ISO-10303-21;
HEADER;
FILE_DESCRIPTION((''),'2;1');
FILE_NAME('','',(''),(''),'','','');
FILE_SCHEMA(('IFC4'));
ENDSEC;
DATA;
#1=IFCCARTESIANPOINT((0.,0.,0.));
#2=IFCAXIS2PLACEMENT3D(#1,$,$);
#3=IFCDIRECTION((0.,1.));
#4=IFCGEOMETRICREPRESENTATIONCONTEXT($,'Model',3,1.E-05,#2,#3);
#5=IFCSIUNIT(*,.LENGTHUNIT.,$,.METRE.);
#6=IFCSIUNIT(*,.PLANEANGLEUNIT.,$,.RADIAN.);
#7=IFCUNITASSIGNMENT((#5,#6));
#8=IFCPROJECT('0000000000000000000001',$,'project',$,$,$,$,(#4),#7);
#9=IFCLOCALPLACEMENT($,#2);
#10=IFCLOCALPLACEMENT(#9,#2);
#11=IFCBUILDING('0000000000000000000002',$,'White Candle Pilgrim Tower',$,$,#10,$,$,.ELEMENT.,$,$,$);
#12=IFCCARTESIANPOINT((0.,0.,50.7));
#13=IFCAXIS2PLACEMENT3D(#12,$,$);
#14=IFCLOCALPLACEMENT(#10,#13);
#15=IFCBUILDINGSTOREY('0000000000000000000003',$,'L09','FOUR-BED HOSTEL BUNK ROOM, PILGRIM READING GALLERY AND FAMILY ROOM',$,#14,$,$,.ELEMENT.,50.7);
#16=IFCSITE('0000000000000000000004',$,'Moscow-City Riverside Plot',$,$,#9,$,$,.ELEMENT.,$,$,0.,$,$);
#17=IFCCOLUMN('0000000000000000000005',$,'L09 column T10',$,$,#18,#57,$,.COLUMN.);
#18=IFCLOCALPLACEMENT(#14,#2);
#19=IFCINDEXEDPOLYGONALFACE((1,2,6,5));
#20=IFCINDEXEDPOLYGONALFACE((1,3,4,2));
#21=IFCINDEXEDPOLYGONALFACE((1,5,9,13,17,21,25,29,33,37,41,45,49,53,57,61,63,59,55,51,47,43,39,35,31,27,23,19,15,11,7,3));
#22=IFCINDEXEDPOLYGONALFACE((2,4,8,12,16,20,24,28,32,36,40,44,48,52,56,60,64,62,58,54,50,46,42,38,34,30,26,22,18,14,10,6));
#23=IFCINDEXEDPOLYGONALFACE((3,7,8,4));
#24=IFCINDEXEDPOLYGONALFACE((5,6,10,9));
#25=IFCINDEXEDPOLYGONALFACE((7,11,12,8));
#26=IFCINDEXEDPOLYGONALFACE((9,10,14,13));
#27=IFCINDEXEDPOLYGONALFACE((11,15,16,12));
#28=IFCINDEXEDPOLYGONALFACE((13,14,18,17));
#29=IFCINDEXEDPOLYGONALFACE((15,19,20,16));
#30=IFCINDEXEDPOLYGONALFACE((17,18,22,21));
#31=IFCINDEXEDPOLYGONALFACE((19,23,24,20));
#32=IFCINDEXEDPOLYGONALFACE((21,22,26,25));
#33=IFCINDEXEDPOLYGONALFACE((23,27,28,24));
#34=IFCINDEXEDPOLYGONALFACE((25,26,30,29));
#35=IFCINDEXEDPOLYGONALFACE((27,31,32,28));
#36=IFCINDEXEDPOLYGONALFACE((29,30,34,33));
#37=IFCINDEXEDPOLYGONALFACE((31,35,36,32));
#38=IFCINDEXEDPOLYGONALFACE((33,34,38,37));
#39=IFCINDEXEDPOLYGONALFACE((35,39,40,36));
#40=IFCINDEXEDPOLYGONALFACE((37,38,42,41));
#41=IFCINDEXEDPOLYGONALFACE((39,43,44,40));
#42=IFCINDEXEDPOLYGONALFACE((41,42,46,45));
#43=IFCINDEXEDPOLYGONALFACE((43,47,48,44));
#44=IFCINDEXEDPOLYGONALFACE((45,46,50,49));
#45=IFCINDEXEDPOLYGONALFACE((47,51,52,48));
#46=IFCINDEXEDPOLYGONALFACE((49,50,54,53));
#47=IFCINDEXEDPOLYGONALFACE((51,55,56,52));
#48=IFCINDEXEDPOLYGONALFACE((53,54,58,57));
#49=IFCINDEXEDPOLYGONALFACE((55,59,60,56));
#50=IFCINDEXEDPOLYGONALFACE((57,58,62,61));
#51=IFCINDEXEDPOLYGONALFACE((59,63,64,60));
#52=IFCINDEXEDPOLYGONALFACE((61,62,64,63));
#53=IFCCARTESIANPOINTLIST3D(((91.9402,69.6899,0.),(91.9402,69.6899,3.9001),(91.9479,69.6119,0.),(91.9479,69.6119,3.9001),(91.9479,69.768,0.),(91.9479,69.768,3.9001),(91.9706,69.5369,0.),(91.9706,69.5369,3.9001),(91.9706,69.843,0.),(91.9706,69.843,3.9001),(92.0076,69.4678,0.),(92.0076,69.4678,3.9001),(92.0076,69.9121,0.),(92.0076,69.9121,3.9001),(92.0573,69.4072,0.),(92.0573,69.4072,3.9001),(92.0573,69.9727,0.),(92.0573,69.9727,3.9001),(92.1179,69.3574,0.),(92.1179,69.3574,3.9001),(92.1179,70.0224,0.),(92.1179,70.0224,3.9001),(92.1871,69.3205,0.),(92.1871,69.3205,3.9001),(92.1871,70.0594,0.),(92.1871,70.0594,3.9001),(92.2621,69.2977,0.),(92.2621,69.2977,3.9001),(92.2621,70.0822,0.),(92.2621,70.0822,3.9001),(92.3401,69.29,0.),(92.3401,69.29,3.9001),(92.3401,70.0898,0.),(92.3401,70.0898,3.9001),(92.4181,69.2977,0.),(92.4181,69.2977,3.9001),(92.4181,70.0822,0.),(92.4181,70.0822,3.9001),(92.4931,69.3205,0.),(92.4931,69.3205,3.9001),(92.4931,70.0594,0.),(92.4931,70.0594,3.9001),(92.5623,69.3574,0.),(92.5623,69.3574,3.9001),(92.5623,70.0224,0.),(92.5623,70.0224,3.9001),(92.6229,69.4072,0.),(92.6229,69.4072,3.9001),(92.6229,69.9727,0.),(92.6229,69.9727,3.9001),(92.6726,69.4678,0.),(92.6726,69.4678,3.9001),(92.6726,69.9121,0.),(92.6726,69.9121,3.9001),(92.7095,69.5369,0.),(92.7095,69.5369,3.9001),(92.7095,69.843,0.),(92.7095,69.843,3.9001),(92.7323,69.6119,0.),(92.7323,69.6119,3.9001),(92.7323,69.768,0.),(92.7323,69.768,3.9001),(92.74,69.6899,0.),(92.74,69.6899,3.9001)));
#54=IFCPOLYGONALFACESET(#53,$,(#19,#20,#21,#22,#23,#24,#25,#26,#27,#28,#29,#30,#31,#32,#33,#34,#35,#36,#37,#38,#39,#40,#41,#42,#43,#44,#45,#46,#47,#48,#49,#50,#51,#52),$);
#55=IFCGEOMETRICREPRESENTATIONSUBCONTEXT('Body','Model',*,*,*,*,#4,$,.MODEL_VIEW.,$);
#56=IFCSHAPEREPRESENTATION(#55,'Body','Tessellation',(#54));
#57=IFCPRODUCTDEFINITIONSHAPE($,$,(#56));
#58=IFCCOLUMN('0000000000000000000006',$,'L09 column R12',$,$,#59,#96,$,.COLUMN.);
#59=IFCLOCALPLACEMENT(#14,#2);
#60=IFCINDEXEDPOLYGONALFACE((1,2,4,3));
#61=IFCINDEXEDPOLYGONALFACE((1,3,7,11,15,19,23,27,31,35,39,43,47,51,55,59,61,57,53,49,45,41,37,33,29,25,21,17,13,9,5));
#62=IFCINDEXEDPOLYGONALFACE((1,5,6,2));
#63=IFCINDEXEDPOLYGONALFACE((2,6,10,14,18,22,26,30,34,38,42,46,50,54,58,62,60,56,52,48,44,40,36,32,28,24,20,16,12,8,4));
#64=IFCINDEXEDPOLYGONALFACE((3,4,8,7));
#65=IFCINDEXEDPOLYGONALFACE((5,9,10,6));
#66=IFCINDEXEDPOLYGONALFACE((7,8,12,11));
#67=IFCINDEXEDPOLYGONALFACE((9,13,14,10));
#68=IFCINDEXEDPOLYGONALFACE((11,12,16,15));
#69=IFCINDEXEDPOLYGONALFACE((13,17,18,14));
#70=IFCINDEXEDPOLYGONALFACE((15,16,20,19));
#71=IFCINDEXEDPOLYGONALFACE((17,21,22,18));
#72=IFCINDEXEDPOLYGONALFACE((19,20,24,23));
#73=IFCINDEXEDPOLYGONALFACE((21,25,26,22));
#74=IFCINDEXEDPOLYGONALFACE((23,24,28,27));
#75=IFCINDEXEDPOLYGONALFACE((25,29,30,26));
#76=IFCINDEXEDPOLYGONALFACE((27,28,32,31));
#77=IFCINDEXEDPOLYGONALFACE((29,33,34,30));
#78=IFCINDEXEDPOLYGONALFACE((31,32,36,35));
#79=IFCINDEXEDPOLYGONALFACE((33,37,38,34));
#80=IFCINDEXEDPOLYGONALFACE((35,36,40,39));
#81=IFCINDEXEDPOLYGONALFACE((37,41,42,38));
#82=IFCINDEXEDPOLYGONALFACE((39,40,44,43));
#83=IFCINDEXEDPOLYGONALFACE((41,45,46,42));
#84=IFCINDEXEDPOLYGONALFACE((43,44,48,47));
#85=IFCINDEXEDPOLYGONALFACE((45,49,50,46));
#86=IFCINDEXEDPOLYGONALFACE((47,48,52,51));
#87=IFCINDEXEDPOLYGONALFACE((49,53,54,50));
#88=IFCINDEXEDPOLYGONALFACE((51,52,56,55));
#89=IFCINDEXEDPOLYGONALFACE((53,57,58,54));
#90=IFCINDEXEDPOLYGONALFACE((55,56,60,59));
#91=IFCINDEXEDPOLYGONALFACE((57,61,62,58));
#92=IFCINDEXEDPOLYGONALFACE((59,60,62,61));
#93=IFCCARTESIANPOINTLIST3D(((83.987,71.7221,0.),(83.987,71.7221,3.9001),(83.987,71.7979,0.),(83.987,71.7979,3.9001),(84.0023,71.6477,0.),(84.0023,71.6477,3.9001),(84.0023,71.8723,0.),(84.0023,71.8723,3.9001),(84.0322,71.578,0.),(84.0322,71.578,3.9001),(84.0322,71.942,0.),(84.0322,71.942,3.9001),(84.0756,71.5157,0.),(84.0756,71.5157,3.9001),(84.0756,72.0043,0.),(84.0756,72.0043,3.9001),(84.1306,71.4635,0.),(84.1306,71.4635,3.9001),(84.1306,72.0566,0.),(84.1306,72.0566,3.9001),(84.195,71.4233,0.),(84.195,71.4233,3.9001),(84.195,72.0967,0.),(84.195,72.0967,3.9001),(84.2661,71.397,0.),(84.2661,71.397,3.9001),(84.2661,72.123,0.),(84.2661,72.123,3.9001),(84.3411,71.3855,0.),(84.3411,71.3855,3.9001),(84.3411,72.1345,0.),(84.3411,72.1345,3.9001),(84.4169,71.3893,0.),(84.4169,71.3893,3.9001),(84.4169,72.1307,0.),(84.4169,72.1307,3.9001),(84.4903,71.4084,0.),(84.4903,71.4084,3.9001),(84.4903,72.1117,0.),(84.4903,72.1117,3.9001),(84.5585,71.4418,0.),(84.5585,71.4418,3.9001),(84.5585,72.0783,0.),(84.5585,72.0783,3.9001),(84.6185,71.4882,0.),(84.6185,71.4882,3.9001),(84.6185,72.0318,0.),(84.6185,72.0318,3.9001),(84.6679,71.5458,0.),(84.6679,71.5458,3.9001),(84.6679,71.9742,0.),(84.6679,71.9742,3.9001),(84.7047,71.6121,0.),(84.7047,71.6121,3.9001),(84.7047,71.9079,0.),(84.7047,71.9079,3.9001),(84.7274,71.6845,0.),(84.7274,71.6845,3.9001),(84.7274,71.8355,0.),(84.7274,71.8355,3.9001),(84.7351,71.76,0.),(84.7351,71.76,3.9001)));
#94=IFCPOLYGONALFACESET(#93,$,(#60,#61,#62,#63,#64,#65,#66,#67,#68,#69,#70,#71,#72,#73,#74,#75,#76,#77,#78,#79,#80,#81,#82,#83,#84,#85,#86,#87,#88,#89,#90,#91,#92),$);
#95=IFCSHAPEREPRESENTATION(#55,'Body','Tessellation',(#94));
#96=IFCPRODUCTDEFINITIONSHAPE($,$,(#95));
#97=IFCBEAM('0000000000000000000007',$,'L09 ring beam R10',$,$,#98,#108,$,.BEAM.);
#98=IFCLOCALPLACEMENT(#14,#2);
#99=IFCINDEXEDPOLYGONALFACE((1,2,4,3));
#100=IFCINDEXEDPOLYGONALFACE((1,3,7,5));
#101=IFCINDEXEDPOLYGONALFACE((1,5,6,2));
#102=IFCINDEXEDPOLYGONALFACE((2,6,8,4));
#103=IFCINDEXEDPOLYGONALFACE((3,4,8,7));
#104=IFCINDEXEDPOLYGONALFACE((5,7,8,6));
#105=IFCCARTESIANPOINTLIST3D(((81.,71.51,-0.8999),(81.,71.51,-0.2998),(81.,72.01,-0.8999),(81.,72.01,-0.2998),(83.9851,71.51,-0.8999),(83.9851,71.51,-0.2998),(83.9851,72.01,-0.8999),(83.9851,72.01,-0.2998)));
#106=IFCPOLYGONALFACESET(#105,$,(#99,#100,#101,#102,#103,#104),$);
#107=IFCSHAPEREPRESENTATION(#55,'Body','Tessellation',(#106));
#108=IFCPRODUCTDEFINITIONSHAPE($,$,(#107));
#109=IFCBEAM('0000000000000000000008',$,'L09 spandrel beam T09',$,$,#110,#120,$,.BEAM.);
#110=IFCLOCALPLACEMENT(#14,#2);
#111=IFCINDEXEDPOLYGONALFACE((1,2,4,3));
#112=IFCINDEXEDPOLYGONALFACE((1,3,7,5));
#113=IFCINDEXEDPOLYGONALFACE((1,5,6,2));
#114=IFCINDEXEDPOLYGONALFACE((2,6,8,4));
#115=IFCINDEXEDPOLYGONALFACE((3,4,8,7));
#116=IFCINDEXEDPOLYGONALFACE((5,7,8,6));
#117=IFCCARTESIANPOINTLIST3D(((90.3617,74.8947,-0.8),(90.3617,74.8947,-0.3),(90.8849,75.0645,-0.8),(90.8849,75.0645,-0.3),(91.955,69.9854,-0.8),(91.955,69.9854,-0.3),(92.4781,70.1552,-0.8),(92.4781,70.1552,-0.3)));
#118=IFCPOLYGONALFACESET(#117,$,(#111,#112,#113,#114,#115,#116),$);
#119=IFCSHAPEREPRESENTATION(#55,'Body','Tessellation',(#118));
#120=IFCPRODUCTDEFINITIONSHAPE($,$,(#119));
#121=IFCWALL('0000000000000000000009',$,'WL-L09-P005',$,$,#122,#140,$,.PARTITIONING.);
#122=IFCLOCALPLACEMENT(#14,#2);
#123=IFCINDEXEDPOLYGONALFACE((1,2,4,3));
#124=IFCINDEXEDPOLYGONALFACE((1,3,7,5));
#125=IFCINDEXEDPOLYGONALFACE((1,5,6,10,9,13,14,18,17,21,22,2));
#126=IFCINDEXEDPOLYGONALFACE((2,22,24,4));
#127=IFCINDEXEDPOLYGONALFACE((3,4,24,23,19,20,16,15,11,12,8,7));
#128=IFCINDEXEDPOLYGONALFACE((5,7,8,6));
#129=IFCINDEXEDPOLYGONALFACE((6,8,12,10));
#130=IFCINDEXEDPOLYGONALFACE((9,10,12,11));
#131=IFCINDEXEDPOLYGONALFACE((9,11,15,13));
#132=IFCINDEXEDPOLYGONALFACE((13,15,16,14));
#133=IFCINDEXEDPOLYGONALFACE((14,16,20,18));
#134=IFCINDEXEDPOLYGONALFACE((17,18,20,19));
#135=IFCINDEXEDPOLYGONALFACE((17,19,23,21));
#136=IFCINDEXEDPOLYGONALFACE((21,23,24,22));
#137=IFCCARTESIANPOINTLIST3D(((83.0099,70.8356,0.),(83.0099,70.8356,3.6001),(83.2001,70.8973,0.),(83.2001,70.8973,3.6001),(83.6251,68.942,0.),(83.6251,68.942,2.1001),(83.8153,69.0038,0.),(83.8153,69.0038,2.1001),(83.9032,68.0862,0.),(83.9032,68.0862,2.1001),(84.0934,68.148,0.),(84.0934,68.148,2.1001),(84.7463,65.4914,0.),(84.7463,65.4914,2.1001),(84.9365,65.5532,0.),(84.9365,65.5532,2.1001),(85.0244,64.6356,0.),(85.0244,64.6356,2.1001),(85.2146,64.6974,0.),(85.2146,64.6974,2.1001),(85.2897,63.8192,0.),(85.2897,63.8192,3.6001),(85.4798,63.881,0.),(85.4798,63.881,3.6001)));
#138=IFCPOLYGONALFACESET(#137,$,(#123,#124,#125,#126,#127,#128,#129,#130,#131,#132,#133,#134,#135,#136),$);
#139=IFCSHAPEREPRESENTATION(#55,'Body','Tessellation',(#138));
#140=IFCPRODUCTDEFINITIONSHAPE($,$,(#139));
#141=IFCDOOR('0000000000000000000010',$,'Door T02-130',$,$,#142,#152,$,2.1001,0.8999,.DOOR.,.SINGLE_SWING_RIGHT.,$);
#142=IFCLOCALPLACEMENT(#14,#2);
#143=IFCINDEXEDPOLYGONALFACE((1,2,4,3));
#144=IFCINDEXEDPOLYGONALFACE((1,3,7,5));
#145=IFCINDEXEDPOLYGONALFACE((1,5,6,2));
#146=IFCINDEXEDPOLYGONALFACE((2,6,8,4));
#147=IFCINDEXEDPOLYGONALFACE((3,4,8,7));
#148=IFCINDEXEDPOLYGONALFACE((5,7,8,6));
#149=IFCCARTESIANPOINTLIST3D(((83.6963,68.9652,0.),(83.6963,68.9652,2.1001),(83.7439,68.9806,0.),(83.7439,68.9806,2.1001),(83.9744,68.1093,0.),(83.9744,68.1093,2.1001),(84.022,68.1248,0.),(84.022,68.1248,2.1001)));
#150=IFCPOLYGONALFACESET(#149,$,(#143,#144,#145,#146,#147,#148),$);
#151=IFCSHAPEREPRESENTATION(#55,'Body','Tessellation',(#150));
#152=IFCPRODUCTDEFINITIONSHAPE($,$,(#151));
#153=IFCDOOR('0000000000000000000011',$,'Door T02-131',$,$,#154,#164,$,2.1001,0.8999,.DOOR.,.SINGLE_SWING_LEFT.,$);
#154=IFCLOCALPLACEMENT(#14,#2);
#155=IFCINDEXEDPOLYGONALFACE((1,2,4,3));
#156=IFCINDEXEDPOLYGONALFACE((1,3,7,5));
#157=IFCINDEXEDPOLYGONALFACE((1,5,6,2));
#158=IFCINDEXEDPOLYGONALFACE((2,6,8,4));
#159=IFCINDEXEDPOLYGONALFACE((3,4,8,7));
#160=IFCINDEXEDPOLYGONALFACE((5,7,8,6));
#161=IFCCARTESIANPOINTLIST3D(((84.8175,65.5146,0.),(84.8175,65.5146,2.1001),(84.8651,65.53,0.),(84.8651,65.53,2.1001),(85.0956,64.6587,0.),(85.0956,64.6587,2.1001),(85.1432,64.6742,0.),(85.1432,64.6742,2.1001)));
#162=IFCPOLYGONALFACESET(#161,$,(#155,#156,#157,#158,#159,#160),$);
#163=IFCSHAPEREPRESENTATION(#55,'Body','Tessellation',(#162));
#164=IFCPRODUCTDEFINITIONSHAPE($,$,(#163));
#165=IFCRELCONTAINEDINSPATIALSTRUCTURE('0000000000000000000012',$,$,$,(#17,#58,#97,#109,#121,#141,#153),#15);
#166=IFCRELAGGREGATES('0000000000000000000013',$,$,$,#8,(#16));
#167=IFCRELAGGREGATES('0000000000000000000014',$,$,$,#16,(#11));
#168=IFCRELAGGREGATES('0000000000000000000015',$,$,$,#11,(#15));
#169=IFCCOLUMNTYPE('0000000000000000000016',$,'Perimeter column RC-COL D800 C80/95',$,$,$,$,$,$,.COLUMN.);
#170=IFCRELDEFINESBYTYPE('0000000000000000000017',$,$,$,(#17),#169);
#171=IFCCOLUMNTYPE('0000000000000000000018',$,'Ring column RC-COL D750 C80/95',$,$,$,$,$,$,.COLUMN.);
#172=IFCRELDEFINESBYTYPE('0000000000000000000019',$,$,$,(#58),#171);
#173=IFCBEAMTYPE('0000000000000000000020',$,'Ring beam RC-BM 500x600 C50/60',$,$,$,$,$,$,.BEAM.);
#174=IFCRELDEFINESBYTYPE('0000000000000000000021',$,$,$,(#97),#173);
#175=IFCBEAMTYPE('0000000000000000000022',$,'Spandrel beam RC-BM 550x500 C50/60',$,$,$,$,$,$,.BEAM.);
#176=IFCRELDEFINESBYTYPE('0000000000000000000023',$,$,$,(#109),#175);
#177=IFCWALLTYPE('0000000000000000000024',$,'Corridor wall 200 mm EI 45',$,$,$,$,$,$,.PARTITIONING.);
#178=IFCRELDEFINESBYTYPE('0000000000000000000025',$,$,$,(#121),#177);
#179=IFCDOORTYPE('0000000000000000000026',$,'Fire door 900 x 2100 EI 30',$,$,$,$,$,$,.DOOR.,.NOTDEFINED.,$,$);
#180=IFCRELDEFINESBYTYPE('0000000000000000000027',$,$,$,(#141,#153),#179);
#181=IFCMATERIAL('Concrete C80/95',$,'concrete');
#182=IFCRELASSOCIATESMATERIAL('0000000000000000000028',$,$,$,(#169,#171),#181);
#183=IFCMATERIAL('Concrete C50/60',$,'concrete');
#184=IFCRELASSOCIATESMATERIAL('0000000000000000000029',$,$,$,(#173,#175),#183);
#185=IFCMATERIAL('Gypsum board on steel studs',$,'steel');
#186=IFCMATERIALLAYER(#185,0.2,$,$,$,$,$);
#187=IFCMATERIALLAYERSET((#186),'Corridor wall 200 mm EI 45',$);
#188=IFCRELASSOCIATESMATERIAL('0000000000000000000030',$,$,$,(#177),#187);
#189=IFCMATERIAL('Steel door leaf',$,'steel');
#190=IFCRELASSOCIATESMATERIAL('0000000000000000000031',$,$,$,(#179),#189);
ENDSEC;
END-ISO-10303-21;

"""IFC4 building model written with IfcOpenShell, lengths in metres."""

from ifc_helpers import new_model, si_unit, direction, frame, frame_2d, origin, origin_2d, place, context, subcontext, project, spatial, rectangle, circle, extrude, material, layer, layer_set, material_profile, profile_set, type_object, element, fill, save


model = new_model("IFC4")

# Units and contexts
model_context = context("Model", 3, precision=1e-05, world=origin(), true_north=direction((0.0, 1.0)))
body_context = subcontext(model_context, "Body", "Model", "MODEL_VIEW")
ifc_project = project(units=[si_unit("LENGTHUNIT", "METRE"), si_unit("PLANEANGLEUNIT", "RADIAN")], contexts=[model_context])

# Site, building, storey
site_placement = place(None, origin())
site = spatial("IfcSite", under=ifc_project, at=site_placement, Name="Moscow-City Riverside Plot", CompositionType="ELEMENT", RefElevation=0.0)
building_placement = place(site_placement, origin())
building = spatial("IfcBuilding", under=site, at=building_placement, Name="White Candle Pilgrim Tower", CompositionType="ELEMENT")
storey_placement = place(building_placement, frame((0.0, 0.0, 50.7)))
storey = spatial("IfcBuildingStorey", under=building, at=storey_placement, Name="L09", Description="FOUR-BED HOSTEL BUNK ROOM, PILGRIM READING GALLERY AND FAMILY ROOM", CompositionType="ELEMENT", Elevation=50.7)

# Columns
ifc_material_1 = material(Name="Concrete C80/95", Category="concrete")
ifc_material_profile_1 = material_profile(ifc_material_1, circle(Radius=0.3999, at=origin_2d()), Name="RC-COL D800")
ifc_profile_set_1 = profile_set([ifc_material_profile_1], Name="Concrete C80/95")
column_type_1 = type_object("IfcColumnType", Name="Perimeter column RC-COL D800 C80/95", PredefinedType="COLUMN", material=ifc_profile_set_1)
column_1_placement = place(storey_placement, frame((92.3401, 69.6899, 0.0), z_axis=(0.0, 0.0, 1.0), x_axis=(1.0, 0.0, 0.0)))
element("IfcColumn", 1, at=column_1_placement, inside=storey, type_object=column_type_1, Name="L09 column T10", PredefinedType="COLUMN", context=body_context, shape_type="SweptSolid", body=[
    extrude(circle(Radius=0.3999, at=origin_2d()), origin(), (0.0, 0.0, 1.0), 3.9001),
])
ifc_material_profile_2 = material_profile(ifc_material_1, circle(Radius=0.375, at=origin_2d()), Name="RC-COL D750")
ifc_profile_set_2 = profile_set([ifc_material_profile_2], Name="Concrete C80/95")
column_type_2 = type_object("IfcColumnType", Name="Ring column RC-COL D750 C80/95", PredefinedType="COLUMN", material=ifc_profile_set_2)
column_2_placement = place(storey_placement, frame((84.3601, 71.76, 0.0), z_axis=(0.0, 0.0, 1.0), x_axis=(1.0, 0.0, 0.0)))
element("IfcColumn", 2, at=column_2_placement, inside=storey, type_object=column_type_2, Name="L09 column R12", PredefinedType="COLUMN", context=body_context, shape_type="SweptSolid", body=[
    extrude(circle(Radius=0.375, at=origin_2d()), origin(), (0.0, 0.0, 1.0), 3.9001),
])

# Beams
ifc_material_2 = material(Name="Concrete C50/60", Category="concrete")
ifc_material_profile_3 = material_profile(ifc_material_2, rectangle(XDim=0.5, YDim=0.6001, at=origin_2d()), Name="RC-BM 500x600")
ifc_profile_set_3 = profile_set([ifc_material_profile_3], Name="Concrete C50/60")
beam_type_1 = type_object("IfcBeamType", Name="Ring beam RC-BM 500x600 C50/60", PredefinedType="BEAM", material=ifc_profile_set_3)
beam_1_placement = place(storey_placement, frame((83.9851, 71.76, -0.5999), z_axis=(-1.0, 0.0, 0.0), x_axis=(0.0, -1.0, 0.0)))
element("IfcBeam", 3, at=beam_1_placement, inside=storey, type_object=beam_type_1, Name="L09 ring beam R10", PredefinedType="BEAM", context=body_context, shape_type="SweptSolid", body=[
    extrude(rectangle(XDim=0.5, YDim=0.6001, at=origin_2d()), origin(), (0.0, 0.0, 1.0), 2.9851),
])
ifc_material_profile_4 = material_profile(ifc_material_2, rectangle(XDim=0.55, YDim=0.5, at=origin_2d()), Name="RC-BM 550x500")
ifc_profile_set_4 = profile_set([ifc_material_profile_4], Name="Concrete C50/60")
beam_type_2 = type_object("IfcBeamType", Name="Spandrel beam RC-BM 550x500 C50/60", PredefinedType="BEAM", material=ifc_profile_set_4)
beam_2_placement = place(storey_placement, frame((92.2166, 70.0703, -0.55), z_axis=(-0.308683, 0.951165, 0.0), x_axis=(-0.951165, -0.308683, 0.0)))
element("IfcBeam", 4, at=beam_2_placement, inside=storey, type_object=beam_type_2, Name="L09 spandrel beam T09", PredefinedType="BEAM", context=body_context, shape_type="SweptSolid", body=[
    extrude(rectangle(XDim=0.55, YDim=0.5, at=origin_2d()), origin(), (0.0, 0.0, 1.0), 5.1614),
])

# Wall, openings, doors
ifc_material_3 = material(Name="Gypsum board on steel studs", Category="steel")
ifc_layer_1 = layer(ifc_material_3, 0.2)
ifc_layer_set_1 = layer_set([ifc_layer_1], Name="Corridor wall 200 mm EI 45")
wall_type_1 = type_object("IfcWallType", Name="Corridor wall 200 mm EI 45", PredefinedType="PARTITIONING", material=ifc_layer_set_1)
wall_1_placement = place(storey_placement, frame((83.105, 70.8665, 0.0), z_axis=(0.0, 0.0, 1.0), x_axis=(0.309021, -0.951055, 0.0)))
wall_1 = element("IfcWall", 5, at=wall_1_placement, inside=storey, type_object=wall_type_1, Name="WL-L09-P005", PredefinedType="PARTITIONING", context=body_context, shape_type="SweptSolid", body=[
    extrude(rectangle(XDim=7.3774, YDim=0.2, at=frame_2d((3.6887, 0.0))), origin(), (0.0, 0.0, 1.0), 3.6001),
])
opening_1_placement = place(wall_1_placement, frame((1.991, 0.0, 0.0)))
opening_1 = element("IfcOpeningElement", 6, at=opening_1_placement, cuts=wall_1, PredefinedType="OPENING", context=body_context, shape_type="SweptSolid", body=[
    extrude(rectangle(XDim=0.8999, YDim=2.1001, at=frame_2d((0.45, 1.05))), frame((0.0, 0.1099, 0.0), z_axis=(0.0, -1.0, 0.0), x_axis=(1.0, 0.0, 0.0)), (0.0, 0.0, 1.0), 0.22),
])
opening_2_placement = place(wall_1_placement, frame((5.6191, 0.0, 0.0)))
opening_2 = element("IfcOpeningElement", 7, at=opening_2_placement, cuts=wall_1, PredefinedType="OPENING", context=body_context, shape_type="SweptSolid", body=[
    extrude(rectangle(XDim=0.8999, YDim=2.1001, at=frame_2d((0.45, 1.05))), frame((0.0, 0.1099, 0.0), z_axis=(0.0, -1.0, 0.0), x_axis=(1.0, 0.0, 0.0)), (0.0, 0.0, 1.0), 0.22),
])
ifc_material_4 = material(Name="Steel door leaf", Category="steel")
door_type = type_object("IfcDoorType", Name="Fire door 900 x 2100 EI 30", OperationType="NOTDEFINED", PredefinedType="DOOR", material=ifc_material_4)
door_1_placement = place(opening_1_placement, origin())
door_1 = element("IfcDoor", 8, at=door_1_placement, inside=storey, type_object=door_type, Name="Door T02-130", OperationType="SINGLE_SWING_RIGHT", OverallHeight=2.1001, OverallWidth=0.8999, PredefinedType="DOOR", context=body_context, shape_type="SweptSolid", body=[
    extrude(rectangle(XDim=0.8999, YDim=2.1001, at=frame_2d((0.45, 1.05))), frame((0.0, 0.0249, 0.0), z_axis=(0.0, -1.0, 0.0), x_axis=(1.0, 0.0, 0.0)), (0.0, 0.0, 1.0), 0.05),
])
fill(opening_1, door_1)
door_2_placement = place(opening_2_placement, origin())
door_2 = element("IfcDoor", 9, at=door_2_placement, inside=storey, type_object=door_type, Name="Door T02-131", OperationType="SINGLE_SWING_LEFT", OverallHeight=2.1001, OverallWidth=0.8999, PredefinedType="DOOR", context=body_context, shape_type="SweptSolid", body=[
    extrude(rectangle(XDim=0.8999, YDim=2.1001, at=frame_2d((0.45, 1.05))), frame((0.0, 0.0249, 0.0), z_axis=(0.0, -1.0, 0.0), x_axis=(1.0, 0.0, 0.0)), (0.0, 0.0, 1.0), 0.05),
])
fill(opening_2, door_2)

save(model, "model.ifc")
